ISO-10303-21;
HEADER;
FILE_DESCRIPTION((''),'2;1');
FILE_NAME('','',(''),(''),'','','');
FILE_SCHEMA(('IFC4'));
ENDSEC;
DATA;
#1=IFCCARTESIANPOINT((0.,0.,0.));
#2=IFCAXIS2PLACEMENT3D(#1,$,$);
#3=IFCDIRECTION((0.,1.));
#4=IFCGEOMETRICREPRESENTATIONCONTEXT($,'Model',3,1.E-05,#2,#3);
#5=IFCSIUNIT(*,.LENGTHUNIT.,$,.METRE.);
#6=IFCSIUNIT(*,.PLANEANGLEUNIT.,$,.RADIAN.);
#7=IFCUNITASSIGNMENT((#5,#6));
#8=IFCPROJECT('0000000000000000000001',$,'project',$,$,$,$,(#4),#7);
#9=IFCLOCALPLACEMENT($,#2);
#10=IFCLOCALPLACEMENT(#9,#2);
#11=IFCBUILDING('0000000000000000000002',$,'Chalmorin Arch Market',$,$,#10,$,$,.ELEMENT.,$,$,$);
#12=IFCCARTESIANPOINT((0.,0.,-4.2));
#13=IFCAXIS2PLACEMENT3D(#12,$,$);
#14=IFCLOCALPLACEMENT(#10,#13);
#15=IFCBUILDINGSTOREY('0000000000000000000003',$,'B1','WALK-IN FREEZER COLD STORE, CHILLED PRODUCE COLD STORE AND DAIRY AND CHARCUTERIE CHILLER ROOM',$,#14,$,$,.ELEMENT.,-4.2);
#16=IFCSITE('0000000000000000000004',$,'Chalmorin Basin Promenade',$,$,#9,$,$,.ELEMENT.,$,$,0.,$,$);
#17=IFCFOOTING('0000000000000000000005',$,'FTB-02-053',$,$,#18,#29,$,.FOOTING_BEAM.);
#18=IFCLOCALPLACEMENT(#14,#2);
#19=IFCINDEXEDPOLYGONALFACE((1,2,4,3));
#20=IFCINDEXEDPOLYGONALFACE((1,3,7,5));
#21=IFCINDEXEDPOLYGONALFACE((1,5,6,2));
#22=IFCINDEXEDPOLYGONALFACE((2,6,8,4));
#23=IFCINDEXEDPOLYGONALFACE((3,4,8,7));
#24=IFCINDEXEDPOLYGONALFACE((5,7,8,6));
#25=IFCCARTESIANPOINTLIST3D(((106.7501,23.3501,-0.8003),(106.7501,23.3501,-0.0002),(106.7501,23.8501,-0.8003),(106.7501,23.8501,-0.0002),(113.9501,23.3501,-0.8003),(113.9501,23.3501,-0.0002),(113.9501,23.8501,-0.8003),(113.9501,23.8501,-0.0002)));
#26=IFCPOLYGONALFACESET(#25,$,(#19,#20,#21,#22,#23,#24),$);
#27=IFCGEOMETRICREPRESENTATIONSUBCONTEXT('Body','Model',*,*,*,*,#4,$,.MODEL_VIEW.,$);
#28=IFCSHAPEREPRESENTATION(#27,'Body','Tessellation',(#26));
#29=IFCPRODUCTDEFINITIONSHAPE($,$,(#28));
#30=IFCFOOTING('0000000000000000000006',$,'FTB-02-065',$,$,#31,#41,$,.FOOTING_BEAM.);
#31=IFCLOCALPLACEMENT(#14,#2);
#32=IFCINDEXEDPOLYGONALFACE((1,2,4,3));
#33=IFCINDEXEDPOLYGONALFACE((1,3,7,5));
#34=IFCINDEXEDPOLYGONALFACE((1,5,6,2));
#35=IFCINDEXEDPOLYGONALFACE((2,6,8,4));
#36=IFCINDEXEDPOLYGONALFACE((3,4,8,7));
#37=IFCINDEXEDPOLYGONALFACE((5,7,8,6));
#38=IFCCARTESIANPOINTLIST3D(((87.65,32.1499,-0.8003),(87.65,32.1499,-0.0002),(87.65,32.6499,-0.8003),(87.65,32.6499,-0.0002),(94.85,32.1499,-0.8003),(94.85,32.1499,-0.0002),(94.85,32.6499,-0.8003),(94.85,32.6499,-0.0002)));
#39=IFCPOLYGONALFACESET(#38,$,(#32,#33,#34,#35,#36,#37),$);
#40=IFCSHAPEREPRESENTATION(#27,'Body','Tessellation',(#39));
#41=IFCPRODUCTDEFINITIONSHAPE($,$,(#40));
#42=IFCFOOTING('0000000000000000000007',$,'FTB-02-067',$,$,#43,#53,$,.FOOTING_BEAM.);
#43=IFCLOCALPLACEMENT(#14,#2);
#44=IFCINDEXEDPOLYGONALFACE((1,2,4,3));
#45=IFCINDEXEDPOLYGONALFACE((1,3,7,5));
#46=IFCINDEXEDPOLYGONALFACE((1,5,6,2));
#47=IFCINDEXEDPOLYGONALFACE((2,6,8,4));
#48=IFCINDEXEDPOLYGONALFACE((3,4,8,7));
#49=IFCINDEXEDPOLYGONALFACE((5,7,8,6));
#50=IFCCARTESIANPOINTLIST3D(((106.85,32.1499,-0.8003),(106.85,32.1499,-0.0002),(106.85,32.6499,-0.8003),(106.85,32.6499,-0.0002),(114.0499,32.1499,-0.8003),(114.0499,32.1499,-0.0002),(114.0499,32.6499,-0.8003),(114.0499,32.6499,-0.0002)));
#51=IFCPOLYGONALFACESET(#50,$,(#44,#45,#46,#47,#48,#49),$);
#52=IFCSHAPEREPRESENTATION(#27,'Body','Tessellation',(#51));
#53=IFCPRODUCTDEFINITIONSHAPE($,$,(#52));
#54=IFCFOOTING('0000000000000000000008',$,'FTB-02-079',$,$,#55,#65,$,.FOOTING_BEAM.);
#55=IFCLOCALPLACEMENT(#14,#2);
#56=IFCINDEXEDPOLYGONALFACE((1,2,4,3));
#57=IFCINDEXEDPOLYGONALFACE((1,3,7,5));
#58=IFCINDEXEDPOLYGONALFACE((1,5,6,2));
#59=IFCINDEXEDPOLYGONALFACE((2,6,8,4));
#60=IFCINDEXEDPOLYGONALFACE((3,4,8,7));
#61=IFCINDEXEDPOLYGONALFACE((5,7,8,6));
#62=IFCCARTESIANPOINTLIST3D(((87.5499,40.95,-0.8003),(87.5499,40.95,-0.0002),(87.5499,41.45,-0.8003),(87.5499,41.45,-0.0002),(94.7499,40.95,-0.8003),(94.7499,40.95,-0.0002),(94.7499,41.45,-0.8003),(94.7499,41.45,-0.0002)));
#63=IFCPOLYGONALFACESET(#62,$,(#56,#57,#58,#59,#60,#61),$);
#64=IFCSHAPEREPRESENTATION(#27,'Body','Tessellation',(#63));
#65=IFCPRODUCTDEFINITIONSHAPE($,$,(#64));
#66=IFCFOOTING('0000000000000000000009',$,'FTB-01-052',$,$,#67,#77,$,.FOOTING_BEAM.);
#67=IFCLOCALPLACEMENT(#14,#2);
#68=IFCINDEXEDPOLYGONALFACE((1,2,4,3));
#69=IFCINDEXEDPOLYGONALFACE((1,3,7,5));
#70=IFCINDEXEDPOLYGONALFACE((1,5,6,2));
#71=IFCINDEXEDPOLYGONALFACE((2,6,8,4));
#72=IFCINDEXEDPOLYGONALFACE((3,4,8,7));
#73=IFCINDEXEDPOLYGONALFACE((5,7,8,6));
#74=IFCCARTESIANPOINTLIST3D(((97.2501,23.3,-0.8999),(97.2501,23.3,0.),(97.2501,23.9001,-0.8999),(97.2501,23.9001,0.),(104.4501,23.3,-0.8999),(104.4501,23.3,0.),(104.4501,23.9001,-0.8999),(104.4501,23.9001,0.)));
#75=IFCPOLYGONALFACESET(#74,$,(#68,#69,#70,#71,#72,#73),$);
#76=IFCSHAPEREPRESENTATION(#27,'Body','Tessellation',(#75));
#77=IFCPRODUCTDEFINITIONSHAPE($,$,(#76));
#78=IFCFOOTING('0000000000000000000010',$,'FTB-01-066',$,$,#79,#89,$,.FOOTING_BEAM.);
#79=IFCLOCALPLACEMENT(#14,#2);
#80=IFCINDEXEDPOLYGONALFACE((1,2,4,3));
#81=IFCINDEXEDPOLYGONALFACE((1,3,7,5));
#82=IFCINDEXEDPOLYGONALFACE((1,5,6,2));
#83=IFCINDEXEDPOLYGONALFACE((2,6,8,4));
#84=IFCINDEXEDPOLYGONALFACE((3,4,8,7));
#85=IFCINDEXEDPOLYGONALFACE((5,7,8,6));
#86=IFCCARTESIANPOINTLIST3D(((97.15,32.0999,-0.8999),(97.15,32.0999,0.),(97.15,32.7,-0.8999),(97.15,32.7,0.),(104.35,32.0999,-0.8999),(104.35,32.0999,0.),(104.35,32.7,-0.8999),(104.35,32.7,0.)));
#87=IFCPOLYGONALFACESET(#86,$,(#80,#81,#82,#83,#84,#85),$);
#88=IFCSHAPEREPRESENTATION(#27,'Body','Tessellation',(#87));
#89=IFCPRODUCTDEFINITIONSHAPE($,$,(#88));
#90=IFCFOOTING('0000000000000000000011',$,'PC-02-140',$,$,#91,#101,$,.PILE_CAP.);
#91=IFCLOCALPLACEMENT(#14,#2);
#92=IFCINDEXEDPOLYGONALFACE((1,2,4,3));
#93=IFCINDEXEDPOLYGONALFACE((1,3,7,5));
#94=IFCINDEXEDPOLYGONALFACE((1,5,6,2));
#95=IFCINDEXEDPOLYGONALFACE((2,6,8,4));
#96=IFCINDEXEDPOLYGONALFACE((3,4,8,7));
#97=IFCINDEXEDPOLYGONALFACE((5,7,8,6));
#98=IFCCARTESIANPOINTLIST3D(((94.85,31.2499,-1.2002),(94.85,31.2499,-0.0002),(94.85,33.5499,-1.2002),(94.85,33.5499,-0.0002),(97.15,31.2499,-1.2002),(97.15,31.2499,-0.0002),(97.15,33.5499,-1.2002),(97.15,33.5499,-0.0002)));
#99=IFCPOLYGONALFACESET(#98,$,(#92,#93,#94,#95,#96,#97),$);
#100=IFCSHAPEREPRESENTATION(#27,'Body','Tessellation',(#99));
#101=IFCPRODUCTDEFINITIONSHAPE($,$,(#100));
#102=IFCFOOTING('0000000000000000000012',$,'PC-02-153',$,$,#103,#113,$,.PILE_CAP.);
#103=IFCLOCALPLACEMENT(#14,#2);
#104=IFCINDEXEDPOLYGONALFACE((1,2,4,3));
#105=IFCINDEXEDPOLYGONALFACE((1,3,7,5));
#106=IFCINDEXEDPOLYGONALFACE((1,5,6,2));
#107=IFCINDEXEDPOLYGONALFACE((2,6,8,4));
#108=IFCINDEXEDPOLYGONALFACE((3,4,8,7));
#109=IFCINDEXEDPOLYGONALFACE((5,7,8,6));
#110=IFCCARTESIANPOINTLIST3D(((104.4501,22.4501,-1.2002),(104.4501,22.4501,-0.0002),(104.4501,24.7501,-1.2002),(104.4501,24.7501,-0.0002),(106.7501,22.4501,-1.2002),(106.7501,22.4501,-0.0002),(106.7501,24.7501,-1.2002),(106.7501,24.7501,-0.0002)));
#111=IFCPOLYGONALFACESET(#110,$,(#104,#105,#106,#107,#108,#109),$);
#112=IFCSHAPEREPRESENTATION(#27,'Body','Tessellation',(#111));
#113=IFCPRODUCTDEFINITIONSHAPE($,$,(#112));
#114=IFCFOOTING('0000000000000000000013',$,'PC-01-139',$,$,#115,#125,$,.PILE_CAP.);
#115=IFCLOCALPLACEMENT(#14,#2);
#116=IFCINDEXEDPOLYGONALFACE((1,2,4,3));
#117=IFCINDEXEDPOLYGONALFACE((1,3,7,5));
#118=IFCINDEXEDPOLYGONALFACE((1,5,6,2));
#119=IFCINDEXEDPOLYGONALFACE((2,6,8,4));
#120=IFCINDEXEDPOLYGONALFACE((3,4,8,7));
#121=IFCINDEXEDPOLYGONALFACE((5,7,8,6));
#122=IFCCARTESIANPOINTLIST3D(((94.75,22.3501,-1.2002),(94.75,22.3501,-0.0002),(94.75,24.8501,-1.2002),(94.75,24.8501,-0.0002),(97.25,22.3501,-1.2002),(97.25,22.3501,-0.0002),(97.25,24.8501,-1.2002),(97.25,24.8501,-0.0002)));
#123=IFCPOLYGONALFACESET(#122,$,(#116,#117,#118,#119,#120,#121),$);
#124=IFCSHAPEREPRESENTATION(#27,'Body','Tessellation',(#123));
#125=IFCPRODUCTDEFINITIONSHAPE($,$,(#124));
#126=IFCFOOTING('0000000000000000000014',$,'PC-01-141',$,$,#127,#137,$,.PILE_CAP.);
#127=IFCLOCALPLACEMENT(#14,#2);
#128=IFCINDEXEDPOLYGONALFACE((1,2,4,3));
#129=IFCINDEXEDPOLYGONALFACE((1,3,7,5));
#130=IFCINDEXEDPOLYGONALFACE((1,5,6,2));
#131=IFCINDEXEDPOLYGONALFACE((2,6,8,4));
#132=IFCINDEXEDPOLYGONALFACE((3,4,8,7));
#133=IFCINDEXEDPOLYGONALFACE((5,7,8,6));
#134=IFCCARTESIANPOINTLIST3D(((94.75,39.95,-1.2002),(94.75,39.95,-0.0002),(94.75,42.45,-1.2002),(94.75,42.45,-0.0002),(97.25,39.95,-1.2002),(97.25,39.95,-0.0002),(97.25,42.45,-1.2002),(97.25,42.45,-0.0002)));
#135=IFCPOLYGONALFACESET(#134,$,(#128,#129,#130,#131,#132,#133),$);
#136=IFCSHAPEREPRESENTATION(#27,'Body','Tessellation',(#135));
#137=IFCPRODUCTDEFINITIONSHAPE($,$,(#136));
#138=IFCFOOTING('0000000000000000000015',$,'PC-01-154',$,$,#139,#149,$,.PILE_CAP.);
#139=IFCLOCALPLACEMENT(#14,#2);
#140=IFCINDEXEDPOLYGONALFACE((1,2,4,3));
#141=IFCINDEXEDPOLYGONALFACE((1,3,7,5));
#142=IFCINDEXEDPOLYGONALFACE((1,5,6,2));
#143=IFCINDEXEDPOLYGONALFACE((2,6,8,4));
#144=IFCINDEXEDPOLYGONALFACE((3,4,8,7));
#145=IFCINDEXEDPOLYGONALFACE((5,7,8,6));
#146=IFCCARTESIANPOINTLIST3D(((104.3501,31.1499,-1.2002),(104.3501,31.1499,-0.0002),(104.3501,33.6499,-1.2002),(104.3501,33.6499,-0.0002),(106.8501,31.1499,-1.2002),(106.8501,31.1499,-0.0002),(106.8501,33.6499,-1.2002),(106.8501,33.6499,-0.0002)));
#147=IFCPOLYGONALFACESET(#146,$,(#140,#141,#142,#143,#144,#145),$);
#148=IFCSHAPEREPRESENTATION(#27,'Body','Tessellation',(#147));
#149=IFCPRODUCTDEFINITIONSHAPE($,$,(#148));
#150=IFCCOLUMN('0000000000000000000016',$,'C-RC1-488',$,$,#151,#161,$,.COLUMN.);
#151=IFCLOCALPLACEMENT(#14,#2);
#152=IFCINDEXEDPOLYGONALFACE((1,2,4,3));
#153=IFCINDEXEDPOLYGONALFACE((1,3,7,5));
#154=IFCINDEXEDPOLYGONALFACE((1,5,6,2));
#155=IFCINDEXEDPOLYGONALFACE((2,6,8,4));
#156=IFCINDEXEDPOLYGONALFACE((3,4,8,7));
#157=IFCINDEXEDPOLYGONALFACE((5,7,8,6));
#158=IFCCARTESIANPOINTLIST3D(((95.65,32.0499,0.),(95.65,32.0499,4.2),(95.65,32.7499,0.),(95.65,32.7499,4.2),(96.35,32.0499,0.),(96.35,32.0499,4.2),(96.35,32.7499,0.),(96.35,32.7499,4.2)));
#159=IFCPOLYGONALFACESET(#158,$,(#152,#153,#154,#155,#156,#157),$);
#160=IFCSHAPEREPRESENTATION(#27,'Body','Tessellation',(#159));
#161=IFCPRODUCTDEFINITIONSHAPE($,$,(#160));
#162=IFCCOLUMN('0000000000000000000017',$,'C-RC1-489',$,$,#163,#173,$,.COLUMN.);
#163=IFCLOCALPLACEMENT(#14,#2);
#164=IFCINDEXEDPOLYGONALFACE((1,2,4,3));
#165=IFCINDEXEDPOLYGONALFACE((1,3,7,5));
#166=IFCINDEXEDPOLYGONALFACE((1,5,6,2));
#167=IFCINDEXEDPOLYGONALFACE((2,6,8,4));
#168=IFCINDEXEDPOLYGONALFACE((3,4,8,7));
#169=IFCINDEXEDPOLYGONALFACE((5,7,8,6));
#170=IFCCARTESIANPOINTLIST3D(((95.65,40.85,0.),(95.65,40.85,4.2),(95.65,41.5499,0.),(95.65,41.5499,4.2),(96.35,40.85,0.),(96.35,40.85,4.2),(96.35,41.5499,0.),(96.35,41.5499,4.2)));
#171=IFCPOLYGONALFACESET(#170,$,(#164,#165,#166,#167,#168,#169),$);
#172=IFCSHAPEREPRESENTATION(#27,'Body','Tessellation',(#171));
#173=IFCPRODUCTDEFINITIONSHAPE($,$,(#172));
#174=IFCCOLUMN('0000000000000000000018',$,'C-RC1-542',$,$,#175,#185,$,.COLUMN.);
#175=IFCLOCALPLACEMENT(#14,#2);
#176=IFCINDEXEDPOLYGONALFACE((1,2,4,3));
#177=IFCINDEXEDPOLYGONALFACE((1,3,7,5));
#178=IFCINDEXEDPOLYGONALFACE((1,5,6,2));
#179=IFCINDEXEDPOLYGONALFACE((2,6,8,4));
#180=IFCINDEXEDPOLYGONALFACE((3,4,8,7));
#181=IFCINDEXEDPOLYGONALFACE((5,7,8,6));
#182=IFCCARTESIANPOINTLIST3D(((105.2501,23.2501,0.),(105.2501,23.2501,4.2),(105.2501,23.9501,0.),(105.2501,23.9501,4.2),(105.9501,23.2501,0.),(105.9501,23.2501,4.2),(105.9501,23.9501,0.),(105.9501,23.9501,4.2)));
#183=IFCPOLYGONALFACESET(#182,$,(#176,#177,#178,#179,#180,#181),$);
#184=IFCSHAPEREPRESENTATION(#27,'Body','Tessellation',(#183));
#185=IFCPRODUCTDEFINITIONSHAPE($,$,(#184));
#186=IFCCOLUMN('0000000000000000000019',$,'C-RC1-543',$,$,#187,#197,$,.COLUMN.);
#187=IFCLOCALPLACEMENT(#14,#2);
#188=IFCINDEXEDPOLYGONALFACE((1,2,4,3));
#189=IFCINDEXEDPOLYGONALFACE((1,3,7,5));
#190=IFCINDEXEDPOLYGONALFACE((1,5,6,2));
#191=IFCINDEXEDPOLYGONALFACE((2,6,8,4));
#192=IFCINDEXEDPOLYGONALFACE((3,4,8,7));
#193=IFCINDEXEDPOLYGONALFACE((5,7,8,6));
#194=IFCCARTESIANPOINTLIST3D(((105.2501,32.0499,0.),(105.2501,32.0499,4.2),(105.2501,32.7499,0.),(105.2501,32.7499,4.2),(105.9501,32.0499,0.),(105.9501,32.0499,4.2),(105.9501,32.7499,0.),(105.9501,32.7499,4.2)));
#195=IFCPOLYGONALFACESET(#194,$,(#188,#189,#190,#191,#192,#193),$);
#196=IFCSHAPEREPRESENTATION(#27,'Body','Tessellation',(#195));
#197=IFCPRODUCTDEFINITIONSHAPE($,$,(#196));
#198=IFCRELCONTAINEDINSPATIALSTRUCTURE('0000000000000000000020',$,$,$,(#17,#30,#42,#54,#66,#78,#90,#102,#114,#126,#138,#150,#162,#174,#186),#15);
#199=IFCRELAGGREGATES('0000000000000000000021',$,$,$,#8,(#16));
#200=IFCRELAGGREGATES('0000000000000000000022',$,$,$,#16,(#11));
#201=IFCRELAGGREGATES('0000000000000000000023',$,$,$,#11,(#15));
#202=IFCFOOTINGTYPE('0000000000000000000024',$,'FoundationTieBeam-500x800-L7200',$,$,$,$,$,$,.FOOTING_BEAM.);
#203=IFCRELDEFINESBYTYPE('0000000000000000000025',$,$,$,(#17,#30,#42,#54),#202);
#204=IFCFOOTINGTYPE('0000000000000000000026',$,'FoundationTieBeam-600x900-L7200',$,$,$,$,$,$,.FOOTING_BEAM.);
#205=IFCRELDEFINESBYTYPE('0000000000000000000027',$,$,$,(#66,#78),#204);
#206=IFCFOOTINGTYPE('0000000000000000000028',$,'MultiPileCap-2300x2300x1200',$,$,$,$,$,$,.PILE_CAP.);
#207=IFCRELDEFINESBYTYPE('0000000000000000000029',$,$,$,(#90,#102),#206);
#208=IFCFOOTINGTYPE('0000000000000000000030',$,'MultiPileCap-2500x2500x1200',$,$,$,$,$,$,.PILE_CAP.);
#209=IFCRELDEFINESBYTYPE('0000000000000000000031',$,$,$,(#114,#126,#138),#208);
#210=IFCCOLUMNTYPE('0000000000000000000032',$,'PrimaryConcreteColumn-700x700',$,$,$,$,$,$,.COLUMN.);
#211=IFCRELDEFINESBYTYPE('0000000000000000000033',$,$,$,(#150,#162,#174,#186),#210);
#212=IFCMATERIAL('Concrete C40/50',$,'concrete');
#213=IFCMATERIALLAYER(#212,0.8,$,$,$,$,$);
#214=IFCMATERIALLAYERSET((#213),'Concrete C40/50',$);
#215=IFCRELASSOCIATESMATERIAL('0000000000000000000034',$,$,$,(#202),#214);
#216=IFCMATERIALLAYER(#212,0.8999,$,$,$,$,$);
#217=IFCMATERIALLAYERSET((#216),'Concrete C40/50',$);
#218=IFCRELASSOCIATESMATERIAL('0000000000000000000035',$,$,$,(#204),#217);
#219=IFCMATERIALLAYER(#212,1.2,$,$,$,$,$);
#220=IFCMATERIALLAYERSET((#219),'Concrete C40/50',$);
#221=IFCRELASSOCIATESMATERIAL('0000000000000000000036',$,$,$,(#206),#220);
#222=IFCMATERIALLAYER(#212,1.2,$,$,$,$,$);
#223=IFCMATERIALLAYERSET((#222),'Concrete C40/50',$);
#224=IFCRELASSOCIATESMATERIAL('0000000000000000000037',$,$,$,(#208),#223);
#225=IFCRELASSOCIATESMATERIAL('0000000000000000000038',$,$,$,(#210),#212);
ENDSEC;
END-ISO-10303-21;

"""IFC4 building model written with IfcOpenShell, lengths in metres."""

from ifc_helpers import new_model, si_unit, direction, frame, origin, origin_2d, place, context, subcontext, project, spatial, rectangle, extrude, material, layer, layer_set, material_profile, profile_set, type_object, element, save


model = new_model("IFC4")

# Units and contexts
model_context = context("Model", 3, precision=1e-05, world=origin(), true_north=direction((0.0, 1.0)))
body_context = subcontext(model_context, "Body", "Model", "MODEL_VIEW")
ifc_project = project(units=[si_unit("LENGTHUNIT", "METRE"), si_unit("PLANEANGLEUNIT", "RADIAN")], contexts=[model_context])

# Site, building, storey
site_placement = place(None, origin())
site = spatial("IfcSite", under=ifc_project, at=site_placement, Name="Chalmorin Basin Promenade", CompositionType="ELEMENT", RefElevation=0.0)
building_placement = place(site_placement, origin())
building = spatial("IfcBuilding", under=site, at=building_placement, Name="Chalmorin Arch Market", CompositionType="ELEMENT")
storey_placement = place(building_placement, frame((0.0, 0.0, -4.2)))
storey = spatial("IfcBuildingStorey", under=building, at=storey_placement, Name="B1", Description="WALK-IN FREEZER COLD STORE, CHILLED PRODUCE COLD STORE AND DAIRY AND CHARCUTERIE CHILLER ROOM", CompositionType="ELEMENT", Elevation=-4.2)

# Footings
ifc_material_1 = material(Name="Concrete C40/50", Category="concrete")
ifc_layer_1 = layer(ifc_material_1, 0.8)
ifc_layer_set_1 = layer_set([ifc_layer_1], Name="Concrete C40/50")
footing_type_1 = type_object("IfcFootingType", Name="FoundationTieBeam-500x800-L7200", PredefinedType="FOOTING_BEAM", material=ifc_layer_set_1)
for number, where, z_axis, x_axis, name in (
    (1, (110.3501, 23.6001, -0.8003), (0.0, 0.0, 1.0), (1.0, 0.0, 0.0), "FTB-02-053"),
    (2, (91.25, 32.3999, -0.8003), (0.0, 0.0, 1.0), (1.0, 0.0, 0.0), "FTB-02-065"),
    (3, (110.45, 32.3999, -0.8003), (0.0, 0.0, 1.0), (1.0, 0.0, 0.0), "FTB-02-067"),
    (4, (91.1499, 41.2, -0.8003), (0.0, 0.0, 1.0), (1.0, 0.0, 0.0), "FTB-02-079"),
):
    element("IfcFooting", number, at=place(storey_placement, frame(where, z_axis=z_axis, x_axis=x_axis)), inside=storey, type_object=footing_type_1, Name=name, PredefinedType="FOOTING_BEAM", context=body_context, shape_type="SweptSolid", body=[
        extrude(rectangle(XDim=7.2, YDim=0.5, at=origin_2d()), origin(), (0.0, 0.0, 1.0), 0.8),
    ])
ifc_layer_2 = layer(ifc_material_1, 0.8999)
ifc_layer_set_2 = layer_set([ifc_layer_2], Name="Concrete C40/50")
footing_type_2 = type_object("IfcFootingType", Name="FoundationTieBeam-600x900-L7200", PredefinedType="FOOTING_BEAM", material=ifc_layer_set_2)
for number, where, z_axis, x_axis, name in (
    (5, (100.8501, 23.6001, -0.8999), (0.0, 0.0, 1.0), (1.0, 0.0, 0.0), "FTB-01-052"),
    (6, (100.75, 32.3999, -0.8999), (0.0, 0.0, 1.0), (1.0, 0.0, 0.0), "FTB-01-066"),
):
    element("IfcFooting", number, at=place(storey_placement, frame(where, z_axis=z_axis, x_axis=x_axis)), inside=storey, type_object=footing_type_2, Name=name, PredefinedType="FOOTING_BEAM", context=body_context, shape_type="SweptSolid", body=[
        extrude(rectangle(XDim=7.2, YDim=0.6001, at=origin_2d()), origin(), (0.0, 0.0, 1.0), 0.8999),
    ])
ifc_layer_3 = layer(ifc_material_1, 1.2)
ifc_layer_set_3 = layer_set([ifc_layer_3], Name="Concrete C40/50")
footing_type_3 = type_object("IfcFootingType", Name="MultiPileCap-2300x2300x1200", PredefinedType="PILE_CAP", material=ifc_layer_set_3)
for number, where, z_axis, x_axis, name in (
    (7, (96.0, 32.3999, -1.2002), (0.0, 0.0, 1.0), (1.0, 0.0, 0.0), "PC-02-140"),
    (8, (105.6001, 23.6001, -1.2002), (0.0, 0.0, 1.0), (1.0, 0.0, 0.0), "PC-02-153"),
):
    element("IfcFooting", number, at=place(storey_placement, frame(where, z_axis=z_axis, x_axis=x_axis)), inside=storey, type_object=footing_type_3, Name=name, PredefinedType="PILE_CAP", context=body_context, shape_type="SweptSolid", body=[
        extrude(rectangle(XDim=2.3, YDim=2.3, at=origin_2d()), origin(), (0.0, 0.0, 1.0), 1.2),
    ])
ifc_layer_4 = layer(ifc_material_1, 1.2)
ifc_layer_set_4 = layer_set([ifc_layer_4], Name="Concrete C40/50")
footing_type_4 = type_object("IfcFootingType", Name="MultiPileCap-2500x2500x1200", PredefinedType="PILE_CAP", material=ifc_layer_set_4)
for number, where, z_axis, x_axis, name in (
    (9, (96.0, 23.6001, -1.2002), (0.0, 0.0, 1.0), (1.0, 0.0, 0.0), "PC-01-139"),
    (10, (96.0, 41.2, -1.2002), (0.0, 0.0, 1.0), (1.0, 0.0, 0.0), "PC-01-141"),
    (11, (105.6001, 32.3999, -1.2002), (0.0, 0.0, 1.0), (1.0, 0.0, 0.0), "PC-01-154"),
):
    element("IfcFooting", number, at=place(storey_placement, frame(where, z_axis=z_axis, x_axis=x_axis)), inside=storey, type_object=footing_type_4, Name=name, PredefinedType="PILE_CAP", context=body_context, shape_type="SweptSolid", body=[
        extrude(rectangle(XDim=2.5, YDim=2.5, at=origin_2d()), origin(), (0.0, 0.0, 1.0), 1.2),
    ])

# Columns
ifc_material_profile_1 = material_profile(ifc_material_1, rectangle(XDim=0.7, YDim=0.7, at=origin_2d()), Name="RC700X700")
ifc_profile_set_1 = profile_set([ifc_material_profile_1], Name="Concrete C40/50")
column_type = type_object("IfcColumnType", Name="PrimaryConcreteColumn-700x700", PredefinedType="COLUMN", material=ifc_profile_set_1)
for number, where, z_axis, x_axis, name in (
    (12, (96.0, 32.3999, 0.0), (0.0, 0.0, 1.0), (1.0, 0.0, 0.0), "C-RC1-488"),
    (13, (96.0, 41.2, 0.0), (0.0, 0.0, 1.0), (1.0, 0.0, 0.0), "C-RC1-489"),
    (14, (105.6001, 23.6001, 0.0), (0.0, 0.0, 1.0), (1.0, 0.0, 0.0), "C-RC1-542"),
    (15, (105.6001, 32.3999, 0.0), (0.0, 0.0, 1.0), (1.0, 0.0, 0.0), "C-RC1-543"),
):
    element("IfcColumn", number, at=place(storey_placement, frame(where, z_axis=z_axis, x_axis=x_axis)), inside=storey, type_object=column_type, Name=name, PredefinedType="COLUMN", context=body_context, shape_type="SweptSolid", body=[
        extrude(rectangle(XDim=0.7, YDim=0.7, at=origin_2d()), origin(), (0.0, 0.0, 1.0), 4.2),
    ])

save(model, "model.ifc")
